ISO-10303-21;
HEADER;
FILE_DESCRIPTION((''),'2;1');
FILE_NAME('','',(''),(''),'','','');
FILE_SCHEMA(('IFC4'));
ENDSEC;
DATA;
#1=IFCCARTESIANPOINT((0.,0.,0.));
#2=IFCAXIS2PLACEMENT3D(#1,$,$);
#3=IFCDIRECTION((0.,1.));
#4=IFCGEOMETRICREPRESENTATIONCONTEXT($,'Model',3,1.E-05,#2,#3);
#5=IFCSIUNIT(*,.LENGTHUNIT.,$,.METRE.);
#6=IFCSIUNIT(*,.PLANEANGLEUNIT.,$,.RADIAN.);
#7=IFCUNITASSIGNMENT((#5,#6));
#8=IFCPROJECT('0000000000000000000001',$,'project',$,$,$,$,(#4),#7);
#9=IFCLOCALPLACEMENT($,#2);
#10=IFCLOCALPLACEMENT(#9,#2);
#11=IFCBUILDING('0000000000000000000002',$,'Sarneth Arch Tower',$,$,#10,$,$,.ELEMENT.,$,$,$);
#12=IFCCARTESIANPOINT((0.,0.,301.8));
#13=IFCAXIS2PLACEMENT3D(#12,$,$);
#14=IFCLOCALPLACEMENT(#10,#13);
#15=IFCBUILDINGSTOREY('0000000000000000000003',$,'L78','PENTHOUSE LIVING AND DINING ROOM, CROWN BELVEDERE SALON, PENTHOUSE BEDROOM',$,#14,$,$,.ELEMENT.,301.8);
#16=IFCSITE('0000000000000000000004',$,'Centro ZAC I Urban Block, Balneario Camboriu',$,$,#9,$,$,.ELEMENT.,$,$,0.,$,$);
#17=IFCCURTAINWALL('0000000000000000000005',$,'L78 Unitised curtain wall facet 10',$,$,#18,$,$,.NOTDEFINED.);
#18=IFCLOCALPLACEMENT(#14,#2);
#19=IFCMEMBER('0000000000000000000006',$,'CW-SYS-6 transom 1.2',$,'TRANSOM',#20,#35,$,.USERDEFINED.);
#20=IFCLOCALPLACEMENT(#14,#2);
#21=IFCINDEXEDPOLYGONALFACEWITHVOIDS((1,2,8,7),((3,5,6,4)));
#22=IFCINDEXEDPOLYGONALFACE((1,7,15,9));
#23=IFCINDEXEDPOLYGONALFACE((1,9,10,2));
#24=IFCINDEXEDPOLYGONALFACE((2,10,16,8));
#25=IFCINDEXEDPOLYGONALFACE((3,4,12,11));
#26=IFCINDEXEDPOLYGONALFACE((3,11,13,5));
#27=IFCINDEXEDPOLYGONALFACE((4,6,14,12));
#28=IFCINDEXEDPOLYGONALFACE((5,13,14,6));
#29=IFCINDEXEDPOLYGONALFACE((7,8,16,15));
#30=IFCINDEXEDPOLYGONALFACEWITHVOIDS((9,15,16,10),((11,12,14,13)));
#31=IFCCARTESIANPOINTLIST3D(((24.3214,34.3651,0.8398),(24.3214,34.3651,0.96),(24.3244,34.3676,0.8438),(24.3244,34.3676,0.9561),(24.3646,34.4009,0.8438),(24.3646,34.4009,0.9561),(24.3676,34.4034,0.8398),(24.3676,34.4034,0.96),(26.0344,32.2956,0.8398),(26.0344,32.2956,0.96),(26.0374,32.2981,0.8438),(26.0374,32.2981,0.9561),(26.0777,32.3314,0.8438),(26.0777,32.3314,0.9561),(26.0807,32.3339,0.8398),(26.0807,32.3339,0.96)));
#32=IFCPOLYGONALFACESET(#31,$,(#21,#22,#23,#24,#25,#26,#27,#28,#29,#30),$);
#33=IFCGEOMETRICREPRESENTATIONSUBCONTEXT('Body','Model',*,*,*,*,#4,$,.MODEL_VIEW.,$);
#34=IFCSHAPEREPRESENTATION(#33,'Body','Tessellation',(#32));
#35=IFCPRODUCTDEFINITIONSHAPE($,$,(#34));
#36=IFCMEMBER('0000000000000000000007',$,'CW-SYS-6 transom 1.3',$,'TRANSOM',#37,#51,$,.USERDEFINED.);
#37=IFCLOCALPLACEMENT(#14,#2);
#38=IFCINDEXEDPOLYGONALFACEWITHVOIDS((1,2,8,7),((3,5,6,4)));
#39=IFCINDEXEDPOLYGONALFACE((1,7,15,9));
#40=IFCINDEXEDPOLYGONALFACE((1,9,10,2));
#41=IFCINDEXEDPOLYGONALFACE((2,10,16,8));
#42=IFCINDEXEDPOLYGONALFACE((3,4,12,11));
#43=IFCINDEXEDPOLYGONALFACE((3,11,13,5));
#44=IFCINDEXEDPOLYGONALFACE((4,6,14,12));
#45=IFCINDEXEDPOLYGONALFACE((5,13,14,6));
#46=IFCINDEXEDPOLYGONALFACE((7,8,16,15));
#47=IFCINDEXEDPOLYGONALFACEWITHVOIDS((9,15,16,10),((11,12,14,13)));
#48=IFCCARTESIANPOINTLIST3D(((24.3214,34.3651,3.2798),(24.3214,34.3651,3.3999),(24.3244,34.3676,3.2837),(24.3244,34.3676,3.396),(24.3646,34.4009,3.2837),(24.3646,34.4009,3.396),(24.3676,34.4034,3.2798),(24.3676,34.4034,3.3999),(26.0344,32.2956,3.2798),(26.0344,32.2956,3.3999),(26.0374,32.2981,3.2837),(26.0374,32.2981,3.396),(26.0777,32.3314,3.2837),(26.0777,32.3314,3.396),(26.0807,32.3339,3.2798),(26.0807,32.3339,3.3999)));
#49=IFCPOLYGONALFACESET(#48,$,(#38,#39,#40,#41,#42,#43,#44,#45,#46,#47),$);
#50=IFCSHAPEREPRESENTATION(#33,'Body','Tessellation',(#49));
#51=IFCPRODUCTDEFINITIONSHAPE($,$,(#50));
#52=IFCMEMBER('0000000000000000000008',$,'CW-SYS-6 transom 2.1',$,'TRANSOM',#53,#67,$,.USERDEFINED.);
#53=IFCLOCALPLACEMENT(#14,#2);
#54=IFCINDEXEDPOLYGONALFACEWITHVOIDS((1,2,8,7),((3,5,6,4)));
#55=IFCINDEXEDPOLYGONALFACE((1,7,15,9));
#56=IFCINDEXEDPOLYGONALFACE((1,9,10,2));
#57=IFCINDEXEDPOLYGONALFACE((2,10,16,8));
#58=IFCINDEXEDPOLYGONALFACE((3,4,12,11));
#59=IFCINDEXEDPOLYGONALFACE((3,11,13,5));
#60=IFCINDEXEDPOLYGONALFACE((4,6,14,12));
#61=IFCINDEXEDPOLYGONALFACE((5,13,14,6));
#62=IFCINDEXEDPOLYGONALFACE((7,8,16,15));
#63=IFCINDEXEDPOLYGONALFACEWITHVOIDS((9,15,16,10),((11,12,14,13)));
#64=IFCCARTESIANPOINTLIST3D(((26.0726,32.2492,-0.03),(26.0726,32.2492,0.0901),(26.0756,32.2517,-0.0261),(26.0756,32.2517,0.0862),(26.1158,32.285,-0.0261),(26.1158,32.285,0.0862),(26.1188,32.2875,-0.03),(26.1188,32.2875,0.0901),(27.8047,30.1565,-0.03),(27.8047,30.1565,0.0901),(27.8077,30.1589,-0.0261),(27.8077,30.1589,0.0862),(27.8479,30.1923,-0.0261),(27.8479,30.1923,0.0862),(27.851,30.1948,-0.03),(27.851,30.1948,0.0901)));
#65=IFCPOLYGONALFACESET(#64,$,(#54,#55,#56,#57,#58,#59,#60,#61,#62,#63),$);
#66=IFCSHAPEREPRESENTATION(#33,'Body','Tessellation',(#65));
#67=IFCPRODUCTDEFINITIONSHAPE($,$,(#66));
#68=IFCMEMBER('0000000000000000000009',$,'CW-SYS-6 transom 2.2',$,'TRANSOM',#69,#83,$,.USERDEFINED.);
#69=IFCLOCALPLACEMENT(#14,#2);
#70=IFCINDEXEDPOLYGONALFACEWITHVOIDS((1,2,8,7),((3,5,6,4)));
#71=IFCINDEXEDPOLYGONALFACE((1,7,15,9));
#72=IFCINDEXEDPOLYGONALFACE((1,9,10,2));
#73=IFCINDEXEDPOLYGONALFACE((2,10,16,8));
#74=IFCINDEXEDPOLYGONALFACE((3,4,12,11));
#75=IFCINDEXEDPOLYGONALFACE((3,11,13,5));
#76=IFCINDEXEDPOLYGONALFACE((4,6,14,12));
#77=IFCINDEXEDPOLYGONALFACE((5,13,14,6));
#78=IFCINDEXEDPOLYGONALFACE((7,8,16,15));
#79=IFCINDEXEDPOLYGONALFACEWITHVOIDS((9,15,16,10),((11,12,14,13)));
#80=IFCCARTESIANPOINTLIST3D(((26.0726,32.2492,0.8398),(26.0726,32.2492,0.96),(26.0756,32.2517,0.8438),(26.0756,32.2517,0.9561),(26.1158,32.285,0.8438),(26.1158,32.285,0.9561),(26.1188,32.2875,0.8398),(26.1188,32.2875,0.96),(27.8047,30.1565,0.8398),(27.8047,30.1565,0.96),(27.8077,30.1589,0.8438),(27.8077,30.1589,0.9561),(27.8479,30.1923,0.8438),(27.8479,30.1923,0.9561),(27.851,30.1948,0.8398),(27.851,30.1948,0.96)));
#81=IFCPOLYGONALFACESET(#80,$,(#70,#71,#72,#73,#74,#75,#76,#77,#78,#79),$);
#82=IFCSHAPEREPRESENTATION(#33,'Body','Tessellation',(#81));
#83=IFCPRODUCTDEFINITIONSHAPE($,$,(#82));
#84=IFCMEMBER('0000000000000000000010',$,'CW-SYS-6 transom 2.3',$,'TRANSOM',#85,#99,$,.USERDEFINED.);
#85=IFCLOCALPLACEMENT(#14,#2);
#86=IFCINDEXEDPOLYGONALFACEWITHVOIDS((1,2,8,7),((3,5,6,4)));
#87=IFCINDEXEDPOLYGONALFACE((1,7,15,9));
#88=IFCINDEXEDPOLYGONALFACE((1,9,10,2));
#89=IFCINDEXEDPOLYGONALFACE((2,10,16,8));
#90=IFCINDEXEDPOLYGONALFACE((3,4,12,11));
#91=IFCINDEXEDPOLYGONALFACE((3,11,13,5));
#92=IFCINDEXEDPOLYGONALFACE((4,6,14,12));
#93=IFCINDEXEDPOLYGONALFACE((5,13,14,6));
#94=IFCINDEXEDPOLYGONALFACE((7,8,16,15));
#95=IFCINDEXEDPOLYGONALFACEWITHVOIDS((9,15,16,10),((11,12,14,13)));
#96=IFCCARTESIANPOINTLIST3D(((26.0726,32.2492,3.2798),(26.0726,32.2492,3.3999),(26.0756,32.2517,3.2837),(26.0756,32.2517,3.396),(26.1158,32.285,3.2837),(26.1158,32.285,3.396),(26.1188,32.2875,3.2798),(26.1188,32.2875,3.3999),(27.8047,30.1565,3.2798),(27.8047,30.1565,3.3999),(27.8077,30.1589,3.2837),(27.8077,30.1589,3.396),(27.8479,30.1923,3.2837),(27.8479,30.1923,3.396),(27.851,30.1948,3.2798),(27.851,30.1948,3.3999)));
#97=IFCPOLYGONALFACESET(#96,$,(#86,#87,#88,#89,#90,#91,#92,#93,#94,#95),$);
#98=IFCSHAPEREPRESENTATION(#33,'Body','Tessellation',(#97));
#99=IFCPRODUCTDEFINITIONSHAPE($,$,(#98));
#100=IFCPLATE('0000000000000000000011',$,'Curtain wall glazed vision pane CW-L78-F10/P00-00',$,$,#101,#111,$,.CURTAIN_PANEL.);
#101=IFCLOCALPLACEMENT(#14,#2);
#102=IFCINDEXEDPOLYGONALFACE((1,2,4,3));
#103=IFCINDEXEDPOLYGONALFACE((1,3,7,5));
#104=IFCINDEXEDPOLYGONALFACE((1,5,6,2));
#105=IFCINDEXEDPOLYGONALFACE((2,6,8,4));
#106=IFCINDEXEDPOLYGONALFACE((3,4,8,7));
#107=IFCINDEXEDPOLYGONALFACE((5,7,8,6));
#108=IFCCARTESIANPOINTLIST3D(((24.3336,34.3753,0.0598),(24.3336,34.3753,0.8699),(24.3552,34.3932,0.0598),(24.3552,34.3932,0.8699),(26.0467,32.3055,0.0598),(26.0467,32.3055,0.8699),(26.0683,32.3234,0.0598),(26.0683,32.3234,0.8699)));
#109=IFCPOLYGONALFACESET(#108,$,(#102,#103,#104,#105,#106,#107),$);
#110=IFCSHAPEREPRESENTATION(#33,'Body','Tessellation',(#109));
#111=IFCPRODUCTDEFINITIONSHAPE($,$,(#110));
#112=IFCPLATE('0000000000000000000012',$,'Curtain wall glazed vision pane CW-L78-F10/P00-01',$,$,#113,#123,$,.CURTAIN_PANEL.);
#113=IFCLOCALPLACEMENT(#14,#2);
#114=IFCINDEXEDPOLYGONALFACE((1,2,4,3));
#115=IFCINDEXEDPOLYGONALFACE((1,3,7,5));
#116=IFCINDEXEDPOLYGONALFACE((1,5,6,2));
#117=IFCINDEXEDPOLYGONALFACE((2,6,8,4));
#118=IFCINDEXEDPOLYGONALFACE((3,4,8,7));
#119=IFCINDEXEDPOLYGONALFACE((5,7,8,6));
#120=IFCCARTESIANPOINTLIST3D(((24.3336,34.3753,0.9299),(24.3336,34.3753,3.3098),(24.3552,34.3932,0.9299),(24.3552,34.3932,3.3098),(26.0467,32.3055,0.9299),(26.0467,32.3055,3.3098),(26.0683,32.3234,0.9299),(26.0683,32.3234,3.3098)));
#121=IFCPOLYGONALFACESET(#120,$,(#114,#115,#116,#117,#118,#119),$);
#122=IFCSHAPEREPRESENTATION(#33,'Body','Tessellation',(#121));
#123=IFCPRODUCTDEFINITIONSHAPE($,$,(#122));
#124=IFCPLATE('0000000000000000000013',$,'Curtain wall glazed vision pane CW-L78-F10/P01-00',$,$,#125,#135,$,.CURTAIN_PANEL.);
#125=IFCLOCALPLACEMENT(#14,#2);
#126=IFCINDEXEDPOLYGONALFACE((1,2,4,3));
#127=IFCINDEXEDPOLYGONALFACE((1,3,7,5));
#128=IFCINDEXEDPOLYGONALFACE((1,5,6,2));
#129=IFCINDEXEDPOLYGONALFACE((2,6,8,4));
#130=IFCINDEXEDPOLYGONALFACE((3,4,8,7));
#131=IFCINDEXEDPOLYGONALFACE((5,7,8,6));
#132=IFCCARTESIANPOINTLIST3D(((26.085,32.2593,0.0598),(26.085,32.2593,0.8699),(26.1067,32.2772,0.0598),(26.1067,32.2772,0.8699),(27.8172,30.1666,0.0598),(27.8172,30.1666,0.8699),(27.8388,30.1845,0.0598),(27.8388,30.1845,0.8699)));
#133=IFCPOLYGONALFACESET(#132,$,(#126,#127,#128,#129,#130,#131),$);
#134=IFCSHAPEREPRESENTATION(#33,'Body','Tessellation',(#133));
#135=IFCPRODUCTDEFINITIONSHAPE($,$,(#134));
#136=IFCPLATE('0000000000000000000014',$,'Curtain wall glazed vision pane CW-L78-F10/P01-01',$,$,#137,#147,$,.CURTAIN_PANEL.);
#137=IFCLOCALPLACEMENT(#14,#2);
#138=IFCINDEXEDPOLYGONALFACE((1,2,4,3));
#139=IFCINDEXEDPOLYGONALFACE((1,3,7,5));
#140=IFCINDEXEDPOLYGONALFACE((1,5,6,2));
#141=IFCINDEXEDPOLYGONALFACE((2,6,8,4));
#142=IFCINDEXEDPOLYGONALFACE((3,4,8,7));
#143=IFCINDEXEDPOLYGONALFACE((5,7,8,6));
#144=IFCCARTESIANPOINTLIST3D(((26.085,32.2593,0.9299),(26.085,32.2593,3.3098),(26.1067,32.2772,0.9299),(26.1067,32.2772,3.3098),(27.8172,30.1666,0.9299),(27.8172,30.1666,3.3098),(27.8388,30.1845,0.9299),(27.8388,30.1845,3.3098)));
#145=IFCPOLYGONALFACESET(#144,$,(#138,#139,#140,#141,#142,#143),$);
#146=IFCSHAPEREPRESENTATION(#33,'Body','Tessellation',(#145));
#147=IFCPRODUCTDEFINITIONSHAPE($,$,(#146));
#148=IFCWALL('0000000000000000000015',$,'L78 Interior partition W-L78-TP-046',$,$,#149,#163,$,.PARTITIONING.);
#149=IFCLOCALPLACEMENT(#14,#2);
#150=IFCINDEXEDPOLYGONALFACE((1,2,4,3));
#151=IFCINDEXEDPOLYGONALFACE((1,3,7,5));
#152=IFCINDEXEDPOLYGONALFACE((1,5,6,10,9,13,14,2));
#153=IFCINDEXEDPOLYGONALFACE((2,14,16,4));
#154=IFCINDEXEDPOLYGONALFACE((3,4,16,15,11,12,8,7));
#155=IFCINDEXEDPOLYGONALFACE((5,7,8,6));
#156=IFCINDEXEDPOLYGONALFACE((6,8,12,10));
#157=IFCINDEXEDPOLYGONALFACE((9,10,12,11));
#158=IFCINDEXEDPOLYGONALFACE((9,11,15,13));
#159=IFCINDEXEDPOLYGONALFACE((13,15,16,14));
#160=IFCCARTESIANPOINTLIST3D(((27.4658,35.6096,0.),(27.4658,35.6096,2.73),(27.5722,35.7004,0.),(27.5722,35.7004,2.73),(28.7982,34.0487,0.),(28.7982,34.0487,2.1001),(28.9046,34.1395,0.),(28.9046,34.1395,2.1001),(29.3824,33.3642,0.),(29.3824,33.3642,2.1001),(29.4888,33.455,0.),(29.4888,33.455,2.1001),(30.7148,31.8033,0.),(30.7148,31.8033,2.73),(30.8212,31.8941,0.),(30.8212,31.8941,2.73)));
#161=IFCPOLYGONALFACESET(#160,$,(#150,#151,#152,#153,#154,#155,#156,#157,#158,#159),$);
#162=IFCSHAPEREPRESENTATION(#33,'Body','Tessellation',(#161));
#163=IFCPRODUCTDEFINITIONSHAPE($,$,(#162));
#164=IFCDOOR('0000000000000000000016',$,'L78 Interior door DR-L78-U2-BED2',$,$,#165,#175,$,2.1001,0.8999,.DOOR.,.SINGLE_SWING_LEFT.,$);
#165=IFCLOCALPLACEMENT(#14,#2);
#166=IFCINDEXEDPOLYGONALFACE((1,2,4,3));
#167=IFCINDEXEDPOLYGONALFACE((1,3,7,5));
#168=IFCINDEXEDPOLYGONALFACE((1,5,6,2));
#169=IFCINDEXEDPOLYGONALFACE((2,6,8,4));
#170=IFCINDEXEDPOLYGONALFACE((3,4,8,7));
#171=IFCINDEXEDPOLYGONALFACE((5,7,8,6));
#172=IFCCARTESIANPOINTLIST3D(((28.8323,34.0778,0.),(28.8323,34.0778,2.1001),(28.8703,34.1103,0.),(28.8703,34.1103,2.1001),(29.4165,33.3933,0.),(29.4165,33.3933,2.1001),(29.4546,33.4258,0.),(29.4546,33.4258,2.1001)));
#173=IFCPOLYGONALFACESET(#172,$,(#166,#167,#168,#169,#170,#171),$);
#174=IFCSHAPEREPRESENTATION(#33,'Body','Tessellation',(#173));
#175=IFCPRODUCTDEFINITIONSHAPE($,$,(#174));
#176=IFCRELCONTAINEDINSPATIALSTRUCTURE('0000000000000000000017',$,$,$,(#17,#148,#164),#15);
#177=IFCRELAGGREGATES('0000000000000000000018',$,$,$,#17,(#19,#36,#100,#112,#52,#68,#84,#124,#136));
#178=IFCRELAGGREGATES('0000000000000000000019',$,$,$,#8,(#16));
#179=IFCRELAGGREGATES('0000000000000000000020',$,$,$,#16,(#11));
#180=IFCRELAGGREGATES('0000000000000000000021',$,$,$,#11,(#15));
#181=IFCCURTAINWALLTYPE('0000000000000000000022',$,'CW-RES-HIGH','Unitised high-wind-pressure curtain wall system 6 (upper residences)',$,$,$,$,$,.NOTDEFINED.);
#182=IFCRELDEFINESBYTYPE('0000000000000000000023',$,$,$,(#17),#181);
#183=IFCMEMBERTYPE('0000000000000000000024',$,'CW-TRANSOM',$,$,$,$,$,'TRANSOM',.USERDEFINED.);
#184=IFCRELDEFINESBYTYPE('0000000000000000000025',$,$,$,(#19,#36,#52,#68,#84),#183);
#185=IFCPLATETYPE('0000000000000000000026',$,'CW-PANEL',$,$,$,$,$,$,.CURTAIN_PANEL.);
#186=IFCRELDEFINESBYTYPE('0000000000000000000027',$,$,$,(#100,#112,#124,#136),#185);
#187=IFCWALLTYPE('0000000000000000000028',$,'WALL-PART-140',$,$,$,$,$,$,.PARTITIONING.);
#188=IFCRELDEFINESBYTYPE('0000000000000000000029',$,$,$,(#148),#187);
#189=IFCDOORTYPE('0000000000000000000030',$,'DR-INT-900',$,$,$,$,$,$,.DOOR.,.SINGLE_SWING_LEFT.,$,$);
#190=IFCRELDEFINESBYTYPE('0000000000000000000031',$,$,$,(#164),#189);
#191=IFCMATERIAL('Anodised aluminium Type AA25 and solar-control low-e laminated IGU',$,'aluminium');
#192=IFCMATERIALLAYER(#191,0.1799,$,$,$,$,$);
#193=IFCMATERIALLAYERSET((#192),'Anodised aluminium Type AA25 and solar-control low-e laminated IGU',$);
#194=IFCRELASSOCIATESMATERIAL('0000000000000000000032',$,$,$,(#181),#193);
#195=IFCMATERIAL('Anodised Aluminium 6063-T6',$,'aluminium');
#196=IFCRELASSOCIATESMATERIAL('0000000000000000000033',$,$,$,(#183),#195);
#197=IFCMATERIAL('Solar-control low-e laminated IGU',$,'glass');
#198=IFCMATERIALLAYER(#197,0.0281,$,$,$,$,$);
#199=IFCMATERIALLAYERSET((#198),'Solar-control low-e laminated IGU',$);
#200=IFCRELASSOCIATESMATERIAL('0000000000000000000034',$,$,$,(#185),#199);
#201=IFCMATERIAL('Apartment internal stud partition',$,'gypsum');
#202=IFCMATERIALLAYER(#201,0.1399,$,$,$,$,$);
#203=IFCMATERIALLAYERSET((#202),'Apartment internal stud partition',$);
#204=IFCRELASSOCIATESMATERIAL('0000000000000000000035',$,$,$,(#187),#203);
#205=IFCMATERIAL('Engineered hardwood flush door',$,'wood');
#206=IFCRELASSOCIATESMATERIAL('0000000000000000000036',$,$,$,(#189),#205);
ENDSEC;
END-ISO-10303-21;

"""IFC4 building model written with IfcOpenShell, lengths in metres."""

from ifc_helpers import new_model, si_unit, direction, frame, frame_2d, origin, origin_2d, place, context, subcontext, project, spatial, rectangle, hollow_rectangle, extrude, material, layer, layer_set, material_profile, profile_set, type_object, element, fill, aggregate, save


model = new_model("IFC4")

# Units and contexts
model_context = context("Model", 3, precision=1e-05, world=origin(), true_north=direction((0.0, 1.0)))
body_context = subcontext(model_context, "Body", "Model", "MODEL_VIEW")
ifc_project = project(units=[si_unit("LENGTHUNIT", "METRE"), si_unit("PLANEANGLEUNIT", "RADIAN")], contexts=[model_context])

# Site, building, storey
site_placement = place(None, origin())
site = spatial("IfcSite", under=ifc_project, at=site_placement, Name="Centro ZAC I Urban Block, Balneario Camboriu", CompositionType="ELEMENT", RefElevation=0.0)
building_placement = place(site_placement, origin())
building = spatial("IfcBuilding", under=site, at=building_placement, Name="Sarneth Arch Tower", CompositionType="ELEMENT")
storey_placement = place(building_placement, frame((0.0, 0.0, 301.8)))
storey = spatial("IfcBuildingStorey", under=building, at=storey_placement, Name="L78", Description="PENTHOUSE LIVING AND DINING ROOM, CROWN BELVEDERE SALON, PENTHOUSE BEDROOM", CompositionType="ELEMENT", Elevation=301.8)

# Curtain wall, members, plates
ifc_material_1 = material(Name="Anodised aluminium Type AA25 and solar-control low-e laminated IGU", Category="aluminium")
ifc_layer_1 = layer(ifc_material_1, 0.1799)
ifc_layer_set_1 = layer_set([ifc_layer_1], Name="Anodised aluminium Type AA25 and solar-control low-e laminated IGU")
curtain_wall_type = type_object("IfcCurtainWallType", Name="CW-RES-HIGH", Description="Unitised high-wind-pressure curtain wall system 6 (upper residences)", PredefinedType="NOTDEFINED", material=ifc_layer_set_1)
curtain_wall_placement = place(storey_placement, origin())
curtain_wall = element("IfcCurtainWall", 1, at=curtain_wall_placement, inside=storey, type_object=curtain_wall_type, Name="L78 Unitised curtain wall facet 10", PredefinedType="NOTDEFINED")
ifc_material_2 = material(Name="Anodised Aluminium 6063-T6", Category="aluminium")
ifc_material_profile_1 = material_profile(ifc_material_2, hollow_rectangle(XDim=0.0601, YDim=0.1201, WallThickness=0.0039, at=origin_2d()), Name="AL-TRAN-120x60x4")
ifc_profile_set_1 = profile_set([ifc_material_profile_1], Name="Anodised Aluminium 6063-T6")
member_type_1 = type_object("IfcMemberType", Name="CW-TRANSOM", ElementType="TRANSOM", PredefinedType="USERDEFINED", material=ifc_profile_set_1)
member_1_placement = place(storey_placement, frame((24.3445, 34.3843, 0.8999), z_axis=(0.637651, -0.770325, 0.0), x_axis=(0.770325, 0.637651, 0.0)))
member_1 = element("IfcMember", 2, at=member_1_placement, type_object=member_type_1, Name="CW-SYS-6 transom 1.2", ObjectType="TRANSOM", PredefinedType="USERDEFINED", context=body_context, shape_type="SweptSolid", body=[
    extrude(hollow_rectangle(XDim=0.0601, YDim=0.1201, WallThickness=0.0039, at=origin_2d()), origin(), (0.0, 0.0, 1.0), 2.6865),
])
member_2_placement = place(storey_placement, frame((24.3445, 34.3843, 3.3398), z_axis=(0.637651, -0.770325, 0.0), x_axis=(0.770325, 0.637651, 0.0)))
member_2 = element("IfcMember", 3, at=member_2_placement, type_object=member_type_1, Name="CW-SYS-6 transom 1.3", ObjectType="TRANSOM", PredefinedType="USERDEFINED", context=body_context, shape_type="SweptSolid", body=[
    extrude(hollow_rectangle(XDim=0.0601, YDim=0.1201, WallThickness=0.0039, at=origin_2d()), origin(), (0.0, 0.0, 1.0), 2.6865),
])
member_3_placement = place(storey_placement, frame((26.0957, 32.2683, 0.03), z_axis=(0.637617, -0.770353, 0.0), x_axis=(0.770353, 0.637617, 0.0)))
member_3 = element("IfcMember", 4, at=member_3_placement, type_object=member_type_1, Name="CW-SYS-6 transom 2.1", ObjectType="TRANSOM", PredefinedType="USERDEFINED", context=body_context, shape_type="SweptSolid", body=[
    extrude(hollow_rectangle(XDim=0.0601, YDim=0.1201, WallThickness=0.0039, at=origin_2d()), origin(), (0.0, 0.0, 1.0), 2.7166),
])
member_4_placement = place(storey_placement, frame((26.0957, 32.2683, 0.8999), z_axis=(0.637617, -0.770353, 0.0), x_axis=(0.770353, 0.637617, 0.0)))
member_4 = element("IfcMember", 5, at=member_4_placement, type_object=member_type_1, Name="CW-SYS-6 transom 2.2", ObjectType="TRANSOM", PredefinedType="USERDEFINED", context=body_context, shape_type="SweptSolid", body=[
    extrude(hollow_rectangle(XDim=0.0601, YDim=0.1201, WallThickness=0.0039, at=origin_2d()), origin(), (0.0, 0.0, 1.0), 2.7166),
])
member_5_placement = place(storey_placement, frame((26.0957, 32.2683, 3.3398), z_axis=(0.637617, -0.770353, 0.0), x_axis=(0.770353, 0.637617, 0.0)))
member_5 = element("IfcMember", 6, at=member_5_placement, type_object=member_type_1, Name="CW-SYS-6 transom 2.3", ObjectType="TRANSOM", PredefinedType="USERDEFINED", context=body_context, shape_type="SweptSolid", body=[
    extrude(hollow_rectangle(XDim=0.0601, YDim=0.1201, WallThickness=0.0039, at=origin_2d()), origin(), (0.0, 0.0, 1.0), 2.7166),
])
ifc_material_3 = material(Name="Solar-control low-e laminated IGU", Category="glass")
ifc_layer_2 = layer(ifc_material_3, 0.0281)
ifc_layer_set_2 = layer_set([ifc_layer_2], Name="Solar-control low-e laminated IGU")
plate_type = type_object("IfcPlateType", Name="CW-PANEL", PredefinedType="CURTAIN_PANEL", material=ifc_layer_set_2)
plate_1_placement = place(storey_placement, frame((25.2009, 33.3494, 0.0598), z_axis=(0.0, 0.0, 1.0), x_axis=(0.63761, -0.770359, 0.0)))
plate_1 = element("IfcPlate", 7, at=plate_1_placement, type_object=plate_type, Name="Curtain wall glazed vision pane CW-L78-F10/P00-00", PredefinedType="CURTAIN_PANEL", context=body_context, shape_type="SweptSolid", body=[
    extrude(rectangle(XDim=2.6868, YDim=0.0281, at=origin_2d()), origin(), (0.0, 0.0, 1.0), 0.8101),
])
plate_2_placement = place(storey_placement, frame((25.2009, 33.3494, 0.9299), z_axis=(0.0, 0.0, 1.0), x_axis=(0.63761, -0.770359, 0.0)))
plate_2 = element("IfcPlate", 8, at=plate_2_placement, type_object=plate_type, Name="Curtain wall glazed vision pane CW-L78-F10/P00-01", PredefinedType="CURTAIN_PANEL", context=body_context, shape_type="SweptSolid", body=[
    extrude(rectangle(XDim=2.6868, YDim=0.0281, at=origin_2d()), origin(), (0.0, 0.0, 1.0), 2.3799),
])
plate_3_placement = place(storey_placement, frame((26.9619, 31.2219, 0.0598), z_axis=(0.0, 0.0, 1.0), x_axis=(0.63761, -0.770359, 0.0)))
plate_3 = element("IfcPlate", 9, at=plate_3_placement, type_object=plate_type, Name="Curtain wall glazed vision pane CW-L78-F10/P01-00", PredefinedType="CURTAIN_PANEL", context=body_context, shape_type="SweptSolid", body=[
    extrude(rectangle(XDim=2.7166, YDim=0.0281, at=origin_2d()), origin(), (0.0, 0.0, 1.0), 0.8101),
])
plate_4_placement = place(storey_placement, frame((26.9619, 31.2219, 0.9299), z_axis=(0.0, 0.0, 1.0), x_axis=(0.63761, -0.770359, 0.0)))
plate_4 = element("IfcPlate", 10, at=plate_4_placement, type_object=plate_type, Name="Curtain wall glazed vision pane CW-L78-F10/P01-01", PredefinedType="CURTAIN_PANEL", context=body_context, shape_type="SweptSolid", body=[
    extrude(rectangle(XDim=2.7166, YDim=0.0281, at=origin_2d()), origin(), (0.0, 0.0, 1.0), 2.3799),
])
aggregate(curtain_wall, [member_1, member_2, plate_1, plate_2, member_3, member_4, member_5, plate_3, plate_4])

# Wall, opening, door
ifc_material_4 = material(Name="Apartment internal stud partition", Category="gypsum")
ifc_layer_3 = layer(ifc_material_4, 0.1399)
ifc_layer_set_3 = layer_set([ifc_layer_3], Name="Apartment internal stud partition")
wall_type_1 = type_object("IfcWallType", Name="WALL-PART-140", PredefinedType="PARTITIONING", material=ifc_layer_set_3)
wall_1_placement = place(storey_placement, frame((27.519, 35.655, 0.0), z_axis=(0.0, 0.0, 1.0), x_axis=(0.649223, -0.760598, 0.0)))
wall_1 = element("IfcWall", 11, at=wall_1_placement, inside=storey, type_object=wall_type_1, Name="L78 Interior partition W-L78-TP-046", PredefinedType="PARTITIONING", context=body_context, shape_type="SweptSolid", body=[
    extrude(rectangle(XDim=5.0044, YDim=0.1399, at=frame_2d((2.5022, 0.0))), origin(), (0.0, 0.0, 1.0), 2.73),
])
opening_1_placement = place(wall_1_placement, frame((2.0522, 0.0, 0.0)))
opening_1 = element("IfcOpeningElement", 12, at=opening_1_placement, cuts=wall_1, PredefinedType="OPENING", context=body_context, shape_type="SweptSolid", body=[
    extrude(rectangle(XDim=0.8999, YDim=2.1001, at=frame_2d((0.45, 1.05))), frame((0.0, 0.0798, 0.0), z_axis=(0.0, -1.0, 0.0), x_axis=(1.0, 0.0, 0.0)), (0.0, 0.0, 1.0), 0.1599),
])
ifc_material_5 = material(Name="Engineered hardwood flush door", Category="wood")
door_type = type_object("IfcDoorType", Name="DR-INT-900", OperationType="SINGLE_SWING_LEFT", PredefinedType="DOOR", material=ifc_material_5)
door_1_placement = place(opening_1_placement, origin())
door_1 = element("IfcDoor", 13, at=door_1_placement, inside=storey, type_object=door_type, Name="L78 Interior door DR-L78-U2-BED2", OperationType="SINGLE_SWING_LEFT", OverallHeight=2.1001, OverallWidth=0.8999, PredefinedType="DOOR", context=body_context, shape_type="SweptSolid", body=[
    extrude(rectangle(XDim=0.8999, YDim=2.1001, at=frame_2d((0.45, 1.05))), frame((0.0, 0.0249, 0.0), z_axis=(0.0, -1.0, 0.0), x_axis=(1.0, 0.0, 0.0)), (0.0, 0.0, 1.0), 0.05),
])
fill(opening_1, door_1)

save(model, "model.ifc")
